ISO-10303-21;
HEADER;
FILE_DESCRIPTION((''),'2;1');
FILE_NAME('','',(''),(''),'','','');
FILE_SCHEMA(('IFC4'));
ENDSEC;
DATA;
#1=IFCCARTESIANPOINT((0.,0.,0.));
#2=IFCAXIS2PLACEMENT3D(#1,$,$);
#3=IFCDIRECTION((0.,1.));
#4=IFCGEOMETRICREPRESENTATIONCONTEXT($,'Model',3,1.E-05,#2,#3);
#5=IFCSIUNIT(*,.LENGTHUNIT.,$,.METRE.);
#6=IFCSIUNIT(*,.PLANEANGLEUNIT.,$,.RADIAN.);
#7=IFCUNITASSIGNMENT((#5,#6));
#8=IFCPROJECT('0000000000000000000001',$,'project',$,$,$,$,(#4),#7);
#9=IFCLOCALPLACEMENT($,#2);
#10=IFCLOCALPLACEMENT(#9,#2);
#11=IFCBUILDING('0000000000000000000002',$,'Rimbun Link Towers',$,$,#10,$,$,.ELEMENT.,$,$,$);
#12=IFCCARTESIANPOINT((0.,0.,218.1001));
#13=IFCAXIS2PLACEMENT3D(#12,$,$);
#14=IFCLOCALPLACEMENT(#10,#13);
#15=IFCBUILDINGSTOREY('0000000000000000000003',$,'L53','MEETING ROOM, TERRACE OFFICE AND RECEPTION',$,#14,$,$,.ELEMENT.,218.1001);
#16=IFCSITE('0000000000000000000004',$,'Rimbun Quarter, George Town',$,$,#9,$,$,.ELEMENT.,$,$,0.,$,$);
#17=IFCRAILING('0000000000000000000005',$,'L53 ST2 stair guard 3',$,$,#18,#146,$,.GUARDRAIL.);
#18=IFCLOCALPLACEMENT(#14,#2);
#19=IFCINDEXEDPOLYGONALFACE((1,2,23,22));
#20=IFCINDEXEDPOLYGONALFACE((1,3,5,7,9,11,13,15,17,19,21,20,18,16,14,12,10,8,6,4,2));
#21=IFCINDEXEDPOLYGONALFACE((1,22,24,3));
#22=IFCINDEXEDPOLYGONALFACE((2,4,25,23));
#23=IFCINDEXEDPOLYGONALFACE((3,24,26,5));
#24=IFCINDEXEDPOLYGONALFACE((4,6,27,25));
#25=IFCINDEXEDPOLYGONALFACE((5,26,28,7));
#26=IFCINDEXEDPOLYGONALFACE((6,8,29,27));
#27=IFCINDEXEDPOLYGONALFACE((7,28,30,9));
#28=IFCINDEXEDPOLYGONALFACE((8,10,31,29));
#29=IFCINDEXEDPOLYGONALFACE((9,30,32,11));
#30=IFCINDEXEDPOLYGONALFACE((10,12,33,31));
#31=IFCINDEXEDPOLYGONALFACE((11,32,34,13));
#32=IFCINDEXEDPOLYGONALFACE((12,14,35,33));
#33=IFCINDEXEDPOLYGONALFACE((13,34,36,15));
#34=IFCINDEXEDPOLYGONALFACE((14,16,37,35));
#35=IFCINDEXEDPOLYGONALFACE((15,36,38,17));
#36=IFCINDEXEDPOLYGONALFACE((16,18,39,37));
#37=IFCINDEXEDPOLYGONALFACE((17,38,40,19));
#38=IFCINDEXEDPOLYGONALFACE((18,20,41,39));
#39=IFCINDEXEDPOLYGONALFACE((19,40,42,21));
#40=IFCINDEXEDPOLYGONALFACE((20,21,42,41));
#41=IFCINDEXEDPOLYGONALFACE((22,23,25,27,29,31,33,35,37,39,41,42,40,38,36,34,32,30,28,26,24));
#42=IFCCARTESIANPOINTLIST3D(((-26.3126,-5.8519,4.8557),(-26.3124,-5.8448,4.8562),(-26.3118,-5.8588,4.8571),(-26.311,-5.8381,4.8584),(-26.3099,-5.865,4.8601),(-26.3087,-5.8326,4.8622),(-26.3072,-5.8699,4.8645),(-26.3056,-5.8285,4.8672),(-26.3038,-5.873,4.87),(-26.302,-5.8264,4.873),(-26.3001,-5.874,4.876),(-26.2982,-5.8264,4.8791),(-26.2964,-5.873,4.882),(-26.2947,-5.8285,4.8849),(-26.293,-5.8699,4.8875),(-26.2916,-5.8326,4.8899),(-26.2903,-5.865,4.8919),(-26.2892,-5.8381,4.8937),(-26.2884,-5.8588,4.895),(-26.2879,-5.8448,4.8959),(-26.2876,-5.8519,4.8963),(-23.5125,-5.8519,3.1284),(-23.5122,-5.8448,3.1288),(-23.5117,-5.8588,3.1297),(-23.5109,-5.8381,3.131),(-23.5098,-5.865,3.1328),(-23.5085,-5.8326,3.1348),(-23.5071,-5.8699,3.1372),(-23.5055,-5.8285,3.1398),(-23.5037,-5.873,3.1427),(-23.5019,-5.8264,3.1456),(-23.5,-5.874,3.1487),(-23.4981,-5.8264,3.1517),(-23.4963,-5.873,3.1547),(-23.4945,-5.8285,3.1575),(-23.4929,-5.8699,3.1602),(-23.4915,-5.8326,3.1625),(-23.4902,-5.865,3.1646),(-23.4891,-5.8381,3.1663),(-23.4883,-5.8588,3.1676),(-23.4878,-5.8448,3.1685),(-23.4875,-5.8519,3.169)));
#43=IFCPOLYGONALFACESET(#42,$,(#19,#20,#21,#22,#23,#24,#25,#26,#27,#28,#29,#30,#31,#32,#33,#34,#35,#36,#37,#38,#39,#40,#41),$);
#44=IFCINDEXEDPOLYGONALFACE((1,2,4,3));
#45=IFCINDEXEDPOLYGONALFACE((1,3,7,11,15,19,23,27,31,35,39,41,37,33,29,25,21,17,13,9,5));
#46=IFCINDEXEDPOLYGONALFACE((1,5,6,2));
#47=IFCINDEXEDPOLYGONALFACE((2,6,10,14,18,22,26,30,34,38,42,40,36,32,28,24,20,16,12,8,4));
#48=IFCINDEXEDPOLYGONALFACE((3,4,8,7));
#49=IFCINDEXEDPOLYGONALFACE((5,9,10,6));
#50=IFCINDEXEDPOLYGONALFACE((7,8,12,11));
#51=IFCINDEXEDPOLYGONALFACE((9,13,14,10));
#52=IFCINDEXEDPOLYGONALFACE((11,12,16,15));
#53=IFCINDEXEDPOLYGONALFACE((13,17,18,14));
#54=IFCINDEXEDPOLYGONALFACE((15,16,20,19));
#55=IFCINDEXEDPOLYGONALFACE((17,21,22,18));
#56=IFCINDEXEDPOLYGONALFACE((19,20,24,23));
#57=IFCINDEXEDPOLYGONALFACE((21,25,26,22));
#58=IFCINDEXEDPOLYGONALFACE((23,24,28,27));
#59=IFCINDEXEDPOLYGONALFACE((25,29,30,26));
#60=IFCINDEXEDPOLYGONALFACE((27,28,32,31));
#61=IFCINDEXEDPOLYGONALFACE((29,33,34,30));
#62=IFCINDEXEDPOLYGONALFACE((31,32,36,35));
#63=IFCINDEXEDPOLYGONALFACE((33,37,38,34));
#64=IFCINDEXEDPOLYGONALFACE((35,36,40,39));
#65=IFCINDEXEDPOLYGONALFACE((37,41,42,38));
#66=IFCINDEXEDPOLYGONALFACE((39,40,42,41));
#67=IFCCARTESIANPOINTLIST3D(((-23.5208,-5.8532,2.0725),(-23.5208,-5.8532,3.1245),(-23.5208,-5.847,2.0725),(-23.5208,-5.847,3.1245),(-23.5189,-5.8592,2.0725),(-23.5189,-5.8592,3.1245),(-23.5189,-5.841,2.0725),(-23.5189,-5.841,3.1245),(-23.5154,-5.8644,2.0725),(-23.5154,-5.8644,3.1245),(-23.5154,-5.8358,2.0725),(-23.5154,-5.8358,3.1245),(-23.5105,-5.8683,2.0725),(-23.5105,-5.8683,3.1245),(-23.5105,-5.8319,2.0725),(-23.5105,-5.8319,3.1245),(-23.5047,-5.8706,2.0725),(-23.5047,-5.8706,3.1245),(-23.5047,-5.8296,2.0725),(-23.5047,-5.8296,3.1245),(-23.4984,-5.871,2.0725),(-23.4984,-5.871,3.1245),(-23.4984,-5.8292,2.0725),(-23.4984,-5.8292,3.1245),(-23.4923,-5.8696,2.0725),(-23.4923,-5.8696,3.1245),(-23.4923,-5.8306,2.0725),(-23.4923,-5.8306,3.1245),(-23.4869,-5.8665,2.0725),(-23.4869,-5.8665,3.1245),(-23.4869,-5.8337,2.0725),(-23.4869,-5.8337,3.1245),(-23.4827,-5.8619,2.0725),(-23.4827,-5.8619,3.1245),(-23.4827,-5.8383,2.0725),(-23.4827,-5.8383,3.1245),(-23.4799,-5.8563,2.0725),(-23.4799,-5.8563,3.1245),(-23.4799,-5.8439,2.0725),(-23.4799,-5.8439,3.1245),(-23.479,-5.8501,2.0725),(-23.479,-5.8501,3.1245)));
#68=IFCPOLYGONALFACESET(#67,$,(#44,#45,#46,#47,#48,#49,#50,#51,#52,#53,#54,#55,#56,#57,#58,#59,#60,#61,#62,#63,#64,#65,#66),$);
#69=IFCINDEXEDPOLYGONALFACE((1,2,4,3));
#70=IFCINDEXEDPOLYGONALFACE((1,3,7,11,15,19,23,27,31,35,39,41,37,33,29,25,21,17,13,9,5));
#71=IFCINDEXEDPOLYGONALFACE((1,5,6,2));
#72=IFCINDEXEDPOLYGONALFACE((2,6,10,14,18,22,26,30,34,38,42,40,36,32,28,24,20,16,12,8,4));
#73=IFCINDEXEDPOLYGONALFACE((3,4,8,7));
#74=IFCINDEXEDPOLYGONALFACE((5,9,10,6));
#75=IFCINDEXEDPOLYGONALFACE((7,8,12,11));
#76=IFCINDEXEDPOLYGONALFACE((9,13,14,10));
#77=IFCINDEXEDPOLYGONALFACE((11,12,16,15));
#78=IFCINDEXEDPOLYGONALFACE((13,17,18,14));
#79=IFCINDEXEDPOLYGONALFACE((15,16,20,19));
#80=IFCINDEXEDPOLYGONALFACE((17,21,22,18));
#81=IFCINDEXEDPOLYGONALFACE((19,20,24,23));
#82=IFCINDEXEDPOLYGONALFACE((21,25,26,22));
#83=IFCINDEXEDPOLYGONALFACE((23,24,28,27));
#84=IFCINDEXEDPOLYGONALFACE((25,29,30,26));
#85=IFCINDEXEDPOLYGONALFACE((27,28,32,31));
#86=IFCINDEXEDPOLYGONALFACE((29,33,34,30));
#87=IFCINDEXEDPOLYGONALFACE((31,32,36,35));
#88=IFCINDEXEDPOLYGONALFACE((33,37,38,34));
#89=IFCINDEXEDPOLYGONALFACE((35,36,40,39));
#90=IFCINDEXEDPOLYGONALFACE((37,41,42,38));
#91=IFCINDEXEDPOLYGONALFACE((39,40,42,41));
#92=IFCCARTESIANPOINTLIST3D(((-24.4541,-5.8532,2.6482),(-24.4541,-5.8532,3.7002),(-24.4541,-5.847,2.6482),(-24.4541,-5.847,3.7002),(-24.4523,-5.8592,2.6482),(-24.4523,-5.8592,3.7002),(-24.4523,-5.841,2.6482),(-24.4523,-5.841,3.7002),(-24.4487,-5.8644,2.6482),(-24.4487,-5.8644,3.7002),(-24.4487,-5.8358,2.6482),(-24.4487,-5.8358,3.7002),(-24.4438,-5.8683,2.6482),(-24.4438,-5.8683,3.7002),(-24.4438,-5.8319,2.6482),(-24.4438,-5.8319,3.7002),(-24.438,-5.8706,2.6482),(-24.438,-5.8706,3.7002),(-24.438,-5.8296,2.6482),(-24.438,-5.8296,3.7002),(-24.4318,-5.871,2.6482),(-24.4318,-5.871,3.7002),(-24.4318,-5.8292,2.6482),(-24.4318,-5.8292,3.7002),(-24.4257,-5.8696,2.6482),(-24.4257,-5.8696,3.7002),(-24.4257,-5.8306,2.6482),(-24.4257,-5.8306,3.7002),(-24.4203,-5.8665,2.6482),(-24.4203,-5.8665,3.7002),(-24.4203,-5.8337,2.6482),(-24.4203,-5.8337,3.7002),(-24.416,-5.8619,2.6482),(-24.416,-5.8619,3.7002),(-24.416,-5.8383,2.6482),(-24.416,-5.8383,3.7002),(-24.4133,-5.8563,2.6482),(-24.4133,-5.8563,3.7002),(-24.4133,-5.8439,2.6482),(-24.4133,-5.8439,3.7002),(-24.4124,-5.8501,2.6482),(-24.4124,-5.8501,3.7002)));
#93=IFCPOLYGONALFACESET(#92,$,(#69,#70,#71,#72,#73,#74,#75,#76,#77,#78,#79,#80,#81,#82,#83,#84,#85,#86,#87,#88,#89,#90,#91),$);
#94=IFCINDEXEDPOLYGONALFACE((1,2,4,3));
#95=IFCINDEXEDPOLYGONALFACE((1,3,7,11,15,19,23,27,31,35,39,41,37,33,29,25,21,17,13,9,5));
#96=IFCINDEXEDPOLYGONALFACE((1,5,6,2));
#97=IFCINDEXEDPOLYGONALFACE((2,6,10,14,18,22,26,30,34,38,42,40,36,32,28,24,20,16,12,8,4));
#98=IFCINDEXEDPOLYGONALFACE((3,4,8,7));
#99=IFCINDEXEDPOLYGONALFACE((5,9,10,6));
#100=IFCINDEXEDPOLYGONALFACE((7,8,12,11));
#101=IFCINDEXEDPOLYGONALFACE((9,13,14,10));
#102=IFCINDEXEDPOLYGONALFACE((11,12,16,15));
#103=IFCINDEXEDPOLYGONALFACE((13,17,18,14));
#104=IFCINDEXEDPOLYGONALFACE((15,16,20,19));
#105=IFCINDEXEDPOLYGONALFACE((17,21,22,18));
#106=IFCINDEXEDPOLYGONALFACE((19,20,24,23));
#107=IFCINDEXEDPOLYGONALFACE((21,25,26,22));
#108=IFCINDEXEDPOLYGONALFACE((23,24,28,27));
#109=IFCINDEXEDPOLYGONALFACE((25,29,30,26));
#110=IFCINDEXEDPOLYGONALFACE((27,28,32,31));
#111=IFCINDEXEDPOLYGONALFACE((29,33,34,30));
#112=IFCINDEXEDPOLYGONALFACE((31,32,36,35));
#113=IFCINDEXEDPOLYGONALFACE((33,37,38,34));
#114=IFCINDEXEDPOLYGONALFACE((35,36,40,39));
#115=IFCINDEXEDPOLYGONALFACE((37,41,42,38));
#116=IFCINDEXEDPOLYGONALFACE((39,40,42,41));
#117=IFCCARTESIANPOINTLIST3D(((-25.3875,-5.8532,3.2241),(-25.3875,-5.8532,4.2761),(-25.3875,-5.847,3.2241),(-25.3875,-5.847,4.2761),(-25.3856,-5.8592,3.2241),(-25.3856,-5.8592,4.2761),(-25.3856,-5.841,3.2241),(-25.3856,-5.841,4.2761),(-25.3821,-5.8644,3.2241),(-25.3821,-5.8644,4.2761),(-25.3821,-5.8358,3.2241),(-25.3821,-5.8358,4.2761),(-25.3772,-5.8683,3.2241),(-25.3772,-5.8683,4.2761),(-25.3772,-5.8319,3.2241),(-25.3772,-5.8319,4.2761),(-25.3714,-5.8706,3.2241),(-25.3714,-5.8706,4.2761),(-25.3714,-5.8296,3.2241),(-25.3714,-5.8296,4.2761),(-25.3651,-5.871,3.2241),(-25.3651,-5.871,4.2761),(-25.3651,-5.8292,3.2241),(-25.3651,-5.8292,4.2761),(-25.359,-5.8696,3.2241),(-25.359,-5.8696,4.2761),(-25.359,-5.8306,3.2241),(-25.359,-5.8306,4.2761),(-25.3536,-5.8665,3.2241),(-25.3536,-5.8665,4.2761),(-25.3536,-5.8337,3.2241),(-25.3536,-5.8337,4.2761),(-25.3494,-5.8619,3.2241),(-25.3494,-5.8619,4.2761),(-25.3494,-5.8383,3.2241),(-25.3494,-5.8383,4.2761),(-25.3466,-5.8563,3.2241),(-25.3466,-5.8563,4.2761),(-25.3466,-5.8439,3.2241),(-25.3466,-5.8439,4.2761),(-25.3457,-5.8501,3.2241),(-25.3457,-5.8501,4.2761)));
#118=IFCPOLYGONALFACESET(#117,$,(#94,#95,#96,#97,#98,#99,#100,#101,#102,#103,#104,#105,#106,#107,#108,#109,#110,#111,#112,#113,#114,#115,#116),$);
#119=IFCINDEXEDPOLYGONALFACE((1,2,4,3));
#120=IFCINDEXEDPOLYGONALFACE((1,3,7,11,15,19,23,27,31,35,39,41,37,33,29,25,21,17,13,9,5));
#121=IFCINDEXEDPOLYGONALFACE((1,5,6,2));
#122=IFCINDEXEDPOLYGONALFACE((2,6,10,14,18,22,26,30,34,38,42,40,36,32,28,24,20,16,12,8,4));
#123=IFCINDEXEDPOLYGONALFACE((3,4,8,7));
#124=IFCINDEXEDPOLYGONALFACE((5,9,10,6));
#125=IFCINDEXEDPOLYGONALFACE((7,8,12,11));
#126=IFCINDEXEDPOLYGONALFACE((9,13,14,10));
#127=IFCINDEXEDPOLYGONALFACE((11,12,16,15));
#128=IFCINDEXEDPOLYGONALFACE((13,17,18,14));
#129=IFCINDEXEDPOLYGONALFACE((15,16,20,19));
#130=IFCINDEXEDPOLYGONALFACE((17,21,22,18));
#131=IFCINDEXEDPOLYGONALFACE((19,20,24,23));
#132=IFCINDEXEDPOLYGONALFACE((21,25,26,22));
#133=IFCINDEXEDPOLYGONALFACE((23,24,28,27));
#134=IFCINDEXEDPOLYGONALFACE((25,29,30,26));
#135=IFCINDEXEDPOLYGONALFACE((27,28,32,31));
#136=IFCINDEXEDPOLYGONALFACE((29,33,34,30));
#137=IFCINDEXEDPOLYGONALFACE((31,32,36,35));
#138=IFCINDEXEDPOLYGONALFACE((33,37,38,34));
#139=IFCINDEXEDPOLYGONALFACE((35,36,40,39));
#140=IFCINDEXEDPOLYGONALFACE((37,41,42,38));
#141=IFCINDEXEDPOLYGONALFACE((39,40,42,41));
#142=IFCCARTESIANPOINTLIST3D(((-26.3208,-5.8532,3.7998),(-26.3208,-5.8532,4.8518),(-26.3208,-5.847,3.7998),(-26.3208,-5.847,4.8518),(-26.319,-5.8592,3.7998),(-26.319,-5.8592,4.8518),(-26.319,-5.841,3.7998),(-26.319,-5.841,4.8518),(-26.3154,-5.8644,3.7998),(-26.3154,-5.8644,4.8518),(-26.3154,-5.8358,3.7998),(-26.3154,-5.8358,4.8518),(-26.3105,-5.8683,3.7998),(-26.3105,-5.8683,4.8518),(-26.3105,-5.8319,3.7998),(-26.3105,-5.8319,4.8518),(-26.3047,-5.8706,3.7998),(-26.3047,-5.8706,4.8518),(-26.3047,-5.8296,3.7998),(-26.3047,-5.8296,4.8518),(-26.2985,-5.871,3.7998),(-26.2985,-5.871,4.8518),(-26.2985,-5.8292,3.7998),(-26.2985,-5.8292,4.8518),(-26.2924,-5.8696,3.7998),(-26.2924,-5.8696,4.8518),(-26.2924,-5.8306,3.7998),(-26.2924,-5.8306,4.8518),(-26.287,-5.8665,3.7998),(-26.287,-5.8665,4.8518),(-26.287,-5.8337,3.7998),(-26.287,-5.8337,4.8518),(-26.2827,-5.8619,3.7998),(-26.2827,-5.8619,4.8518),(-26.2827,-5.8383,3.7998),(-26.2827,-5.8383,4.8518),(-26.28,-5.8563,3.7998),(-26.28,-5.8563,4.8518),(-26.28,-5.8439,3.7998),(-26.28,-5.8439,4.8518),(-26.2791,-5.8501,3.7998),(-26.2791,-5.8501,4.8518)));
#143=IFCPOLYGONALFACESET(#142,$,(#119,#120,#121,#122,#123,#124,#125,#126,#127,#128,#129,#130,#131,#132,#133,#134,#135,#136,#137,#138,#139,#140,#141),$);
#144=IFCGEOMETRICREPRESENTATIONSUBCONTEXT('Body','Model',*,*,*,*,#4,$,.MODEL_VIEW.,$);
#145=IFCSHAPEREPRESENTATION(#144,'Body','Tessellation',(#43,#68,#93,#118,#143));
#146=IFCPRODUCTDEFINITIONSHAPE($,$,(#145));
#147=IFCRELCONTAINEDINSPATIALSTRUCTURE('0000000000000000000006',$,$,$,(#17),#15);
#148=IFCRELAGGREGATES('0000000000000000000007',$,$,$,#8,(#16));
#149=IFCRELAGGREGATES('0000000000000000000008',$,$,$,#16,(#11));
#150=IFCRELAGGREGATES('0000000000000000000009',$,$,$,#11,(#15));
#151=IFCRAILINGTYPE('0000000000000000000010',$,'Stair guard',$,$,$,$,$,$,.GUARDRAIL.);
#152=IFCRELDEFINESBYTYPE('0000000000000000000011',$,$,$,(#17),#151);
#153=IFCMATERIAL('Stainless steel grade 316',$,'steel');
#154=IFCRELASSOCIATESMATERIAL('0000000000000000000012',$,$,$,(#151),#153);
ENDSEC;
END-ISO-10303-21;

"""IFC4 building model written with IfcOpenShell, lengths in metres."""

from ifc_helpers import new_model, si_unit, direction, frame, origin, origin_2d, place, context, subcontext, project, spatial, circle, extrude, material, type_object, element, save


model = new_model("IFC4")

# Units and contexts
model_context = context("Model", 3, precision=1e-05, world=origin(), true_north=direction((0.0, 1.0)))
body_context = subcontext(model_context, "Body", "Model", "MODEL_VIEW")
ifc_project = project(units=[si_unit("LENGTHUNIT", "METRE"), si_unit("PLANEANGLEUNIT", "RADIAN")], contexts=[model_context])

# Site, building, storey
site_placement = place(None, origin())
site = spatial("IfcSite", under=ifc_project, at=site_placement, Name="Rimbun Quarter, George Town", CompositionType="ELEMENT", RefElevation=0.0)
building_placement = place(site_placement, origin())
building = spatial("IfcBuilding", under=site, at=building_placement, Name="Rimbun Link Towers", CompositionType="ELEMENT")
storey_placement = place(building_placement, frame((0.0, 0.0, 218.1001)))
storey = spatial("IfcBuildingStorey", under=building, at=storey_placement, Name="L53", Description="MEETING ROOM, TERRACE OFFICE AND RECEPTION", CompositionType="ELEMENT", Elevation=218.1001)

# Railing
ifc_material_1 = material(Name="Stainless steel grade 316", Category="steel")
railing_type_1 = type_object("IfcRailingType", Name="Stair guard", PredefinedType="GUARDRAIL", material=ifc_material_1)
railing_1_placement = place(storey_placement, frame((-23.5, -5.8501, 2.0725)))
element("IfcRailing", 1, at=railing_1_placement, inside=storey, type_object=railing_type_1, Name="L53 ST2 stair guard 3", PredefinedType="GUARDRAIL", context=body_context, shape_type="SweptSolid", body=[
    extrude(circle(Radius=0.0239, at=origin_2d()), frame((0.0, 0.0, 1.0762), z_axis=(-0.85109, 0.0, 0.52502), x_axis=(0.0, -1.0, 0.0)), (0.0, 0.0, 1.0), 3.29),
    extrude(circle(Radius=0.021, at=origin_2d()), origin(), (0.0, 0.0, 1.0), 1.052),
    extrude(circle(Radius=0.021, at=origin_2d()), frame((-0.9333, 0.0, 0.5757)), (0.0, 0.0, 1.0), 1.052),
    extrude(circle(Radius=0.021, at=origin_2d()), frame((-1.8667, 0.0, 1.1516)), (0.0, 0.0, 1.0), 1.052),
    extrude(circle(Radius=0.021, at=origin_2d()), frame((-2.8, 0.0, 1.7273)), (0.0, 0.0, 1.0), 1.052),
])

save(model, "model.ifc")
